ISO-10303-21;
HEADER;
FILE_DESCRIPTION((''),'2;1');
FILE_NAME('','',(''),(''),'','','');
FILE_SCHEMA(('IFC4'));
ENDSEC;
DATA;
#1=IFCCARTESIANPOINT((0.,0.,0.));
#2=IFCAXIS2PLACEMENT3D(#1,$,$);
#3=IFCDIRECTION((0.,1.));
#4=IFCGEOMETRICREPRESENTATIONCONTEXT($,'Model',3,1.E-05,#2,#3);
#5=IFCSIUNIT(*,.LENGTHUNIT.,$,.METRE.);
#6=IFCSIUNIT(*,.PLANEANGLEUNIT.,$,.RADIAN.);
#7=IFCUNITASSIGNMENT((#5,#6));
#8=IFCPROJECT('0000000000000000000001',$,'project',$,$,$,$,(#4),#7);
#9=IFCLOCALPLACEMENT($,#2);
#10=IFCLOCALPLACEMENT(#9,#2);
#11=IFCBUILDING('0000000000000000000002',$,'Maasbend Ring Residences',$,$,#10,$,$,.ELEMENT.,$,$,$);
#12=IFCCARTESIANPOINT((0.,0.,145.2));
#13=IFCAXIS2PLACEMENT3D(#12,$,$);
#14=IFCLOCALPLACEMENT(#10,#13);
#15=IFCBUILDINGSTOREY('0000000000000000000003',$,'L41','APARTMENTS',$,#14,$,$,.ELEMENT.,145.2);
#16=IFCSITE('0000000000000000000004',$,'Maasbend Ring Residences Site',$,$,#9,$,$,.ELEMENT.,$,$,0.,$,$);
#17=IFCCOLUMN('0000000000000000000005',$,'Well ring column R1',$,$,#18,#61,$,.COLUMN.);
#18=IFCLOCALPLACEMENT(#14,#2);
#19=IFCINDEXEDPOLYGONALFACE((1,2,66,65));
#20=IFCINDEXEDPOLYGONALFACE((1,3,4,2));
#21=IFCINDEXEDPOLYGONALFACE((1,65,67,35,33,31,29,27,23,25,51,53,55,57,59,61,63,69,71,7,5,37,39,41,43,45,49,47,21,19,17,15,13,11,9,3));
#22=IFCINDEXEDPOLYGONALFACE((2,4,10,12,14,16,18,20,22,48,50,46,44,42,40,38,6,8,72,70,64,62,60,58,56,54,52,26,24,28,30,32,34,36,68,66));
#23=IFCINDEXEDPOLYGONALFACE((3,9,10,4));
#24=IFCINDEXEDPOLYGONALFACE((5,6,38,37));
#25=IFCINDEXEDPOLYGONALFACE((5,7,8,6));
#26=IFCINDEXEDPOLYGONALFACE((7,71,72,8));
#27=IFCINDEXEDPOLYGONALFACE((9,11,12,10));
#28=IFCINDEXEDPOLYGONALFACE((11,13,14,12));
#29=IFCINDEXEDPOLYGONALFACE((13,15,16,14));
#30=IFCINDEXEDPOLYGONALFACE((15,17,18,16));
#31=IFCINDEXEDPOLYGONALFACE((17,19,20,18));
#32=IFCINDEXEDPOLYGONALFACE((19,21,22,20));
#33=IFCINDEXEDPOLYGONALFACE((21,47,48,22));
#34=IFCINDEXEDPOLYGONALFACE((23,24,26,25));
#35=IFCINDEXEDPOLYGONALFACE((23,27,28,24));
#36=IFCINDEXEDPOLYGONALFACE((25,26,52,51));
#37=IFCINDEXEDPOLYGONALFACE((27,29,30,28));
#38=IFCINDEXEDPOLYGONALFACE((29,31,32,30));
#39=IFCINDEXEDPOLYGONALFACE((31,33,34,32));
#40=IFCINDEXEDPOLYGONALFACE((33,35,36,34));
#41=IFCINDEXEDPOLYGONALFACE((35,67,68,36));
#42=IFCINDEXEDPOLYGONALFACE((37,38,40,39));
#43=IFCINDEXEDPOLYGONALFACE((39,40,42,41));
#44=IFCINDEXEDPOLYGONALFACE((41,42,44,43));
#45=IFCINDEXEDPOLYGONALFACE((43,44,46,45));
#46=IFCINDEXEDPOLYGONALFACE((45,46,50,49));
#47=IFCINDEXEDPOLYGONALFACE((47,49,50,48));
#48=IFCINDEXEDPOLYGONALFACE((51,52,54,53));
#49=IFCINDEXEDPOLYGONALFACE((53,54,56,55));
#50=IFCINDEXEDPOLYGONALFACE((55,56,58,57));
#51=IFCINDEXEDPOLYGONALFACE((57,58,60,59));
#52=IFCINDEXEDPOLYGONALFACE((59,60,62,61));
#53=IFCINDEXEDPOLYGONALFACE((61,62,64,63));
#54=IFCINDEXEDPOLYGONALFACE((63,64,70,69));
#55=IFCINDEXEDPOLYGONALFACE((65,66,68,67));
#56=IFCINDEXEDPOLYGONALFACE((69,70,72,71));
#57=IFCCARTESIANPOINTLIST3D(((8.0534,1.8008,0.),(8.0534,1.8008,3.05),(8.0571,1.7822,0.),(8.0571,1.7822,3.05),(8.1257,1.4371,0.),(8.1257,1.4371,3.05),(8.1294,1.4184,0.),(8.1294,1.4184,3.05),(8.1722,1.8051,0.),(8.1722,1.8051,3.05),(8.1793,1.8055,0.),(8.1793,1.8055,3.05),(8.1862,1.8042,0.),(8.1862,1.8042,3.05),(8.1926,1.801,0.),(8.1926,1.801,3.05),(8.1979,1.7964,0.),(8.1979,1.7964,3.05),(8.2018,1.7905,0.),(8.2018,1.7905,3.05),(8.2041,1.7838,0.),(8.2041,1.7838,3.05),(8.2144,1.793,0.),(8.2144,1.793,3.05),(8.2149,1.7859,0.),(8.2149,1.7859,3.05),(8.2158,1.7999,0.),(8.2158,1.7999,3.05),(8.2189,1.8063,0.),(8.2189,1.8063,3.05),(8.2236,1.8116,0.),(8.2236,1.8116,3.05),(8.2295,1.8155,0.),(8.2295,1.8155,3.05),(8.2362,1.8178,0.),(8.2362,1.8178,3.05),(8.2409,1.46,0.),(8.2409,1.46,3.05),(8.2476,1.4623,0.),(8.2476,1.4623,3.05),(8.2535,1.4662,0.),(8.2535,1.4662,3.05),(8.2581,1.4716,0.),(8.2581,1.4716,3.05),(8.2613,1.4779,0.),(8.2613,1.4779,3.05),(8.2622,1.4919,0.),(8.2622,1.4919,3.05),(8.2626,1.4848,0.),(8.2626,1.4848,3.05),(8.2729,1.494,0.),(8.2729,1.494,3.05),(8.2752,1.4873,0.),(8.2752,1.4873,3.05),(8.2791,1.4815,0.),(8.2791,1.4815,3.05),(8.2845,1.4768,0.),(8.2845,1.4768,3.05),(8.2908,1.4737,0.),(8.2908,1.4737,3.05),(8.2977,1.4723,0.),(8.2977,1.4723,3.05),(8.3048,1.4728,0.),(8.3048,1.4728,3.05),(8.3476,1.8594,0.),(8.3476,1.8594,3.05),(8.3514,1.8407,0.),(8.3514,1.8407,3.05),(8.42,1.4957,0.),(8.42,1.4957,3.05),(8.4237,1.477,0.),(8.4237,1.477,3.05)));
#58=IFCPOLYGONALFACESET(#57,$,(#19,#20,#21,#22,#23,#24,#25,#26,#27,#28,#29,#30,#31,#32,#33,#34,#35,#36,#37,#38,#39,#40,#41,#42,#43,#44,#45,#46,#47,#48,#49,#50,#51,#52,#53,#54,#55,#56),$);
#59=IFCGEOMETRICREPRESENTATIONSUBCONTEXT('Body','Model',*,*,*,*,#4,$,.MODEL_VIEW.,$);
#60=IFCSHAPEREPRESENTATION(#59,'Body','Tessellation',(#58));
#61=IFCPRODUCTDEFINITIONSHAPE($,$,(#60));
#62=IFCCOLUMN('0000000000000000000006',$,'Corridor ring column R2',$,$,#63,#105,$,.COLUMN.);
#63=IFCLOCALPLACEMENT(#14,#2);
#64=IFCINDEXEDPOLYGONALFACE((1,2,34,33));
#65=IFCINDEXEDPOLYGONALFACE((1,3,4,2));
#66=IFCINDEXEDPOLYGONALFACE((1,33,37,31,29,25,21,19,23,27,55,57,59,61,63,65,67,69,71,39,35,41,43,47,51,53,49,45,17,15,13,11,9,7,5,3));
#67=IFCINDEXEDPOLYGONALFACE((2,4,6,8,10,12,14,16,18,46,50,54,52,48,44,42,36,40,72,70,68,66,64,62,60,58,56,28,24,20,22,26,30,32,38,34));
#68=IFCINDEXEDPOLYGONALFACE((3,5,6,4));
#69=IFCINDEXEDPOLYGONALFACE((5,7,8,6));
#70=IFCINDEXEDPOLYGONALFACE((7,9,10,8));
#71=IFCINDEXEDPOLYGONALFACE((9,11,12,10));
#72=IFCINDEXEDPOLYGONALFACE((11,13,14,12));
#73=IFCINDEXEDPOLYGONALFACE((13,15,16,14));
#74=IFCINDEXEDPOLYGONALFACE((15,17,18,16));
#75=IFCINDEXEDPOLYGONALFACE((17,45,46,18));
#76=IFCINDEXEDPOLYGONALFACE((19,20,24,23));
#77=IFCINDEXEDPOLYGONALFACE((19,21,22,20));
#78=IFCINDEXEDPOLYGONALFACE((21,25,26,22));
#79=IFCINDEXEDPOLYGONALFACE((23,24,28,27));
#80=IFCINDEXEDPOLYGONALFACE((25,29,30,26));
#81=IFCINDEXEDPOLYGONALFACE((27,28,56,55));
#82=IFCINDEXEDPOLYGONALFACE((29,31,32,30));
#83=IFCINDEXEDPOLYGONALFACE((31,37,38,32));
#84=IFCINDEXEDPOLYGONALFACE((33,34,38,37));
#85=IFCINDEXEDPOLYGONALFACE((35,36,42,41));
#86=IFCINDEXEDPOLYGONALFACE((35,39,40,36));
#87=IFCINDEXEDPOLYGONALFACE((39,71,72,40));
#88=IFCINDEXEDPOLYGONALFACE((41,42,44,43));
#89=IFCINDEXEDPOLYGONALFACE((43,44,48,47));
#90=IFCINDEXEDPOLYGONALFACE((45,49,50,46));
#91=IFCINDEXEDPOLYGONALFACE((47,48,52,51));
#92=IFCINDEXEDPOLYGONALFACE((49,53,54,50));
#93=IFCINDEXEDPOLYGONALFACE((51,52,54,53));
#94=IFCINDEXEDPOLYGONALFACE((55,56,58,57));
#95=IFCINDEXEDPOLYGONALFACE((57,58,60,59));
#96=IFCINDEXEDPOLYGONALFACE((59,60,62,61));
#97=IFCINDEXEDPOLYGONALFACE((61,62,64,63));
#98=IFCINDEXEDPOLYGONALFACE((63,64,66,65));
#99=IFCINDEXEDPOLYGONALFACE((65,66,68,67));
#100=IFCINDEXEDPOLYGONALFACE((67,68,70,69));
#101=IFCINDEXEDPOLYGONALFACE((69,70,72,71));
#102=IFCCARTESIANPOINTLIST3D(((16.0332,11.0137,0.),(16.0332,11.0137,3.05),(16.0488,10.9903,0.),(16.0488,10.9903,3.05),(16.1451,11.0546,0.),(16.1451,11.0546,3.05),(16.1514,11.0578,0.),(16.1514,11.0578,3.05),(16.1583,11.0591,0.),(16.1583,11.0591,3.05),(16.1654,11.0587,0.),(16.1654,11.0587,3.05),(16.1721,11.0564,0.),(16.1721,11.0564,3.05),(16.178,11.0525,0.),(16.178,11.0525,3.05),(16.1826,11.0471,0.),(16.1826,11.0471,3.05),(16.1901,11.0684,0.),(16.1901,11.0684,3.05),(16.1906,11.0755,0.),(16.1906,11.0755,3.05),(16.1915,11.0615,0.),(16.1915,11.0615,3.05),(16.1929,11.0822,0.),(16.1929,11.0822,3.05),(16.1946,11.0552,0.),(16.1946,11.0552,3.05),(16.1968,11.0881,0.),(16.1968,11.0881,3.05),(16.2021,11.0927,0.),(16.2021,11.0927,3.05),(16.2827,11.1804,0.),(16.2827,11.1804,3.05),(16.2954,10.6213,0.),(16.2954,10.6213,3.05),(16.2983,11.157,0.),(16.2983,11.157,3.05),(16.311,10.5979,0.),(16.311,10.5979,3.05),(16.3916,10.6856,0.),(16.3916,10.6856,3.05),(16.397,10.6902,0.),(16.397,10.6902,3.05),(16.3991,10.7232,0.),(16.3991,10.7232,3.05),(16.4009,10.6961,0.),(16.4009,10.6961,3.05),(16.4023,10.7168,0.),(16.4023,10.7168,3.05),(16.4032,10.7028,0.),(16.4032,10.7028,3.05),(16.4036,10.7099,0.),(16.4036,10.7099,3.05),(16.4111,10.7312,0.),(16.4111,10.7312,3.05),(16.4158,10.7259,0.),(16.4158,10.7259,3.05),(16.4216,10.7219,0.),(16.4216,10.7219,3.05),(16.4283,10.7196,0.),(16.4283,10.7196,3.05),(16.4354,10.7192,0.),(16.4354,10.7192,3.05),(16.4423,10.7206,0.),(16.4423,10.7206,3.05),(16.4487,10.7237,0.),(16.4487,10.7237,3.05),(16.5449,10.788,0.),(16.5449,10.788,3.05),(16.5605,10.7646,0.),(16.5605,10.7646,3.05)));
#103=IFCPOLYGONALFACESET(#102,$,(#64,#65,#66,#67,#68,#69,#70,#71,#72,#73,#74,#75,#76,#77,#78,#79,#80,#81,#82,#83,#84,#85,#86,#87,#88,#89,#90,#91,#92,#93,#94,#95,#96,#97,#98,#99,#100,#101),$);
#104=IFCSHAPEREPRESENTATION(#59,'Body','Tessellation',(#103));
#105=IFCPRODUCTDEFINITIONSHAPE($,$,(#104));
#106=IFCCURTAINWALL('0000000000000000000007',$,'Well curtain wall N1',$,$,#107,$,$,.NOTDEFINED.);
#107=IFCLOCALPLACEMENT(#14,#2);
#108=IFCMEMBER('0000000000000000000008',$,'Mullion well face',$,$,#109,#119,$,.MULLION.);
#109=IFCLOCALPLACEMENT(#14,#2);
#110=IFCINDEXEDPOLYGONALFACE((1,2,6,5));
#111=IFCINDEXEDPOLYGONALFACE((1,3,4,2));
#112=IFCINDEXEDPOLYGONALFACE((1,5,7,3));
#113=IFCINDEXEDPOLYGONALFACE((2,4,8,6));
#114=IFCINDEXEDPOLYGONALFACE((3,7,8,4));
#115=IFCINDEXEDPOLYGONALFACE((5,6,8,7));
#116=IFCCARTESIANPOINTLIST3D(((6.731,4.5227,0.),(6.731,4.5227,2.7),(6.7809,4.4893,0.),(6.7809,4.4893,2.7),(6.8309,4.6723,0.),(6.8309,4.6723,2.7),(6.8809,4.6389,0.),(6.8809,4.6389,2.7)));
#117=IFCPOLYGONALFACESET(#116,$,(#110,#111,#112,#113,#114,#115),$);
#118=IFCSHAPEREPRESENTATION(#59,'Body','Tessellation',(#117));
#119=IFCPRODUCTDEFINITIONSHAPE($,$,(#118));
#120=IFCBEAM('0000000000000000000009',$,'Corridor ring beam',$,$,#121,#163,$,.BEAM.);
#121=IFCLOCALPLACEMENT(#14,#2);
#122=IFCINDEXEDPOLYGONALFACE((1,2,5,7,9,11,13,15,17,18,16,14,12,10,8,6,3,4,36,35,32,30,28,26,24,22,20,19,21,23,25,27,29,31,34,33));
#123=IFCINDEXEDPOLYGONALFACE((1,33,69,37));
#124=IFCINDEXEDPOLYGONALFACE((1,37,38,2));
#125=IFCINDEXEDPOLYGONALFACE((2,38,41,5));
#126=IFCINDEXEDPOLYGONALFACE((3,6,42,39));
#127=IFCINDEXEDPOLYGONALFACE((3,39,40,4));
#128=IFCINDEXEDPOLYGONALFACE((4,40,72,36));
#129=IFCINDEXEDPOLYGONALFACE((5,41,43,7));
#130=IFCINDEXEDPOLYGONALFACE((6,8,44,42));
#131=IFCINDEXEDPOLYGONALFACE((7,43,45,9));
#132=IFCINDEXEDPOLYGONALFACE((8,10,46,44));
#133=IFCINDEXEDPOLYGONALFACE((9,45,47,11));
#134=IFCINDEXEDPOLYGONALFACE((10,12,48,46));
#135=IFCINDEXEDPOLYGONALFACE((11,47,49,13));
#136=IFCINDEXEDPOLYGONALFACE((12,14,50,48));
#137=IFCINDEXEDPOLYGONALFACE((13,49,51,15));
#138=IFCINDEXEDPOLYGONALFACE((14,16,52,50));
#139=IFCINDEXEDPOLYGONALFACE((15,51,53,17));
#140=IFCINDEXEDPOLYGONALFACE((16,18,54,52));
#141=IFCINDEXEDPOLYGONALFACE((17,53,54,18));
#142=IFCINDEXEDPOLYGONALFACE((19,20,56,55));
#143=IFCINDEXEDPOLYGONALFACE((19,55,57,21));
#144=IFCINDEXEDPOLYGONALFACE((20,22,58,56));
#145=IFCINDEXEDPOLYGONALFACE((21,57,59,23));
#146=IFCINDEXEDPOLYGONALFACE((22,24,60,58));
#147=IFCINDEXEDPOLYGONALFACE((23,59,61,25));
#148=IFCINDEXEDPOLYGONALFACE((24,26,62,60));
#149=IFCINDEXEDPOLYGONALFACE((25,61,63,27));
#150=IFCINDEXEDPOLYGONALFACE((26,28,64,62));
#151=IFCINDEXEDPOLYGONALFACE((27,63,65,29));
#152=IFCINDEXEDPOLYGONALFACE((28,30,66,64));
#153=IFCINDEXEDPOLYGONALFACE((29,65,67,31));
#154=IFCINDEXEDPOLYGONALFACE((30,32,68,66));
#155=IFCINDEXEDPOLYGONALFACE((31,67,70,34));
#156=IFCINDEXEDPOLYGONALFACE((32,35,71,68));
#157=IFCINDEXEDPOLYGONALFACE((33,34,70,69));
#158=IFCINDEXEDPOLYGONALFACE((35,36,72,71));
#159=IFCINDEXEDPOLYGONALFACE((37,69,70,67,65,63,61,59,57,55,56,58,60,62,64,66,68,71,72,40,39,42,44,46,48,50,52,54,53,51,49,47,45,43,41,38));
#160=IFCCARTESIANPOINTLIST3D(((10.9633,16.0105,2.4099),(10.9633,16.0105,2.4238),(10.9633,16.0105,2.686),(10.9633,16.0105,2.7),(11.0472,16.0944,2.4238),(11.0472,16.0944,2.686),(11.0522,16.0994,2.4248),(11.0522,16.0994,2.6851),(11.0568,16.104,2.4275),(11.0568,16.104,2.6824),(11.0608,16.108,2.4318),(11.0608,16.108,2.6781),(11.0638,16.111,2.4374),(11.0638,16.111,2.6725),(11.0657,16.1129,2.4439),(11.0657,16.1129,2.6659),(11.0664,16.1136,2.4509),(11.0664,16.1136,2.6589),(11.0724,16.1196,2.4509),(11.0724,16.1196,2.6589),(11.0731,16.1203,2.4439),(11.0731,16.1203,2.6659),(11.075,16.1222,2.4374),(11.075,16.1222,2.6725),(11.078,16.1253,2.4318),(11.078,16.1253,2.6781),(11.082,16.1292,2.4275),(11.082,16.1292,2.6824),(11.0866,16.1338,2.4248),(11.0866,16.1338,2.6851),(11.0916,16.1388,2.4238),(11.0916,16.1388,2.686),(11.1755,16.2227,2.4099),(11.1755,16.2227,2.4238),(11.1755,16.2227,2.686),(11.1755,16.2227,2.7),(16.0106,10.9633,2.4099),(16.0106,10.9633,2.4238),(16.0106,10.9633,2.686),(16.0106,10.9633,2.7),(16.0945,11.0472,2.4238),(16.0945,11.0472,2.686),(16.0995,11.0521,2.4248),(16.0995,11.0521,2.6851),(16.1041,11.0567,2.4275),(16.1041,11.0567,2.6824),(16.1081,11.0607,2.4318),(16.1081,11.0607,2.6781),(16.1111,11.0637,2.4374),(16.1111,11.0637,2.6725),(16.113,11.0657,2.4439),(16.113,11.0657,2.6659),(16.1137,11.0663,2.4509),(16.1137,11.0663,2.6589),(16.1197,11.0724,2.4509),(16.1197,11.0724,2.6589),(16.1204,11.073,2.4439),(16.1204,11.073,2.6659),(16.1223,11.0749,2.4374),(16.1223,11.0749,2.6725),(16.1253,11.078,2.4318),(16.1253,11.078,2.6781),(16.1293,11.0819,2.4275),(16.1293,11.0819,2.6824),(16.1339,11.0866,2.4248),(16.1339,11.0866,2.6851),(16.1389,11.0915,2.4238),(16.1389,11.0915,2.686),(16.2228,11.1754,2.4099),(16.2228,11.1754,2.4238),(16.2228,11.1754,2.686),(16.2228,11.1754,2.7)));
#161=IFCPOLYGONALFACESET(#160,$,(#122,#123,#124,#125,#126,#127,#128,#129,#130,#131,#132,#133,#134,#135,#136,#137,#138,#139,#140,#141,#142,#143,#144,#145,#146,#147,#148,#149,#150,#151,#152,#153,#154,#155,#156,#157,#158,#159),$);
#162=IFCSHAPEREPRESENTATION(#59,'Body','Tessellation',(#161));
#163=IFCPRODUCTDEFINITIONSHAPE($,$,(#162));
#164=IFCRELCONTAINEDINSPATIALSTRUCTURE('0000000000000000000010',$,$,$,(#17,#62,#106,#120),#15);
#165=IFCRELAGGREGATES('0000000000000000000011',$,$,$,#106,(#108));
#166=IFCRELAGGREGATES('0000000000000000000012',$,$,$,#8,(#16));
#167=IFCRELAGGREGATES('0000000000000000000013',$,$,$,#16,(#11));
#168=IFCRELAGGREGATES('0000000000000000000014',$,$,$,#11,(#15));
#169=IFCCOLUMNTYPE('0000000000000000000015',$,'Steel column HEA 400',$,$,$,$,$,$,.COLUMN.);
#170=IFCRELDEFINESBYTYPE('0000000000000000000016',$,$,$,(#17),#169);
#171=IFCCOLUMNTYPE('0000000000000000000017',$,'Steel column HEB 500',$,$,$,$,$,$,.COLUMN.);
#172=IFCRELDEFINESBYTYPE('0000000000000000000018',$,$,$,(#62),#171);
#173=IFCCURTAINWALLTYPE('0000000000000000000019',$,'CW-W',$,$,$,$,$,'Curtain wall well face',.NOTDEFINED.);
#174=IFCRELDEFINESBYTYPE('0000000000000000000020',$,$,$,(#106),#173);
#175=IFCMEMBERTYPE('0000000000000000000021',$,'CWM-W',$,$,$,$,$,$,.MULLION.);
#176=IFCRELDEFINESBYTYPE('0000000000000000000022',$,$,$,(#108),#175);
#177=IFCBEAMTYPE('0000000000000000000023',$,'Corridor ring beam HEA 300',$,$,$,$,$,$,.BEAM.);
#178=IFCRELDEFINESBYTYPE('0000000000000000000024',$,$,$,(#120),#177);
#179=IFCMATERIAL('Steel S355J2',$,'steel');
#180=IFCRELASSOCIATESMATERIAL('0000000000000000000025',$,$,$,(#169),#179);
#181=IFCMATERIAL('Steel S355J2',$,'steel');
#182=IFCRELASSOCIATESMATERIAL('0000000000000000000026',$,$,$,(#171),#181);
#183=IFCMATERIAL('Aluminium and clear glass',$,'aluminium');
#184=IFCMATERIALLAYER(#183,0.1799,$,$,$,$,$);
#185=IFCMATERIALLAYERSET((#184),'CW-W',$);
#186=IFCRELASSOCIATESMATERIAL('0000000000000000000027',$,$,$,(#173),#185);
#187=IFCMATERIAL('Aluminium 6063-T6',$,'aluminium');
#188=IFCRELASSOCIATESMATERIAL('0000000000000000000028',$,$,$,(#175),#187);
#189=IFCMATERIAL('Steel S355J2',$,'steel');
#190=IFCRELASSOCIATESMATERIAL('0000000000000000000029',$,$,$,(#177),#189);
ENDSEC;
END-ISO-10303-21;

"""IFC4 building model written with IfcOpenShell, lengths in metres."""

from ifc_helpers import new_model, si_unit, direction, frame, origin, origin_2d, place, context, subcontext, project, spatial, rectangle, i_section, extrude, material, layer, layer_set, material_profile, profile_set, type_object, element, aggregate, save


model = new_model("IFC4")

# Units and contexts
model_context = context("Model", 3, precision=1e-05, world=origin(), true_north=direction((0.0, 1.0)))
body_context = subcontext(model_context, "Body", "Model", "MODEL_VIEW")
ifc_project = project(units=[si_unit("LENGTHUNIT", "METRE"), si_unit("PLANEANGLEUNIT", "RADIAN")], contexts=[model_context])

# Site, building, storey
site_placement = place(None, origin())
site = spatial("IfcSite", under=ifc_project, at=site_placement, Name="Maasbend Ring Residences Site", CompositionType="ELEMENT", RefElevation=0.0)
building_placement = place(site_placement, origin())
building = spatial("IfcBuilding", under=site, at=building_placement, Name="Maasbend Ring Residences", CompositionType="ELEMENT")
storey_placement = place(building_placement, frame((0.0, 0.0, 145.2)))
storey = spatial("IfcBuildingStorey", under=building, at=storey_placement, Name="L41", Description="APARTMENTS", CompositionType="ELEMENT", Elevation=145.2)

# Columns
ifc_material_1 = material(Name="Steel S355J2", Category="steel")
ifc_material_profile_1 = material_profile(ifc_material_1, i_section(OverallWidth=0.3, OverallDepth=0.3899, WebThickness=0.011, FlangeThickness=0.019, FilletRadius=0.0271, at=origin_2d()), Name="HEA 400")
ifc_profile_set_1 = profile_set([ifc_material_profile_1], Name="Steel S355J2")
column_type_1 = type_object("IfcColumnType", Name="Steel column HEA 400", PredefinedType="COLUMN", material=ifc_profile_set_1)
column_1_placement = place(storey_placement, frame((8.2385, 1.6389, 0.0), z_axis=(0.0, 0.0, 1.0), x_axis=(0.980785, 0.19509, 0.0)))
element("IfcColumn", 1, at=column_1_placement, inside=storey, type_object=column_type_1, Name="Well ring column R1", PredefinedType="COLUMN", context=body_context, shape_type="SweptSolid", body=[
    extrude(i_section(OverallWidth=0.3, OverallDepth=0.3899, WebThickness=0.011, FlangeThickness=0.019, FilletRadius=0.0271, at=origin_2d()), origin(), (0.0, 0.0, 1.0), 3.05),
])
ifc_material_2 = material(Name="Steel S355J2", Category="steel")
ifc_material_profile_2 = material_profile(ifc_material_2, i_section(OverallWidth=0.3, OverallDepth=0.5, WebThickness=0.0144, FlangeThickness=0.0281, FilletRadius=0.0271, at=origin_2d()), Name="HEB 500")
ifc_profile_set_2 = profile_set([ifc_material_profile_2], Name="Steel S355J2")
column_type_2 = type_object("IfcColumnType", Name="Steel column HEB 500", PredefinedType="COLUMN", material=ifc_profile_set_2)
column_2_placement = place(storey_placement, frame((16.2969, 10.8892, 0.0), z_axis=(0.0, 0.0, 1.0), x_axis=(0.83147, 0.55557, 0.0)))
element("IfcColumn", 2, at=column_2_placement, inside=storey, type_object=column_type_2, Name="Corridor ring column R2", PredefinedType="COLUMN", context=body_context, shape_type="SweptSolid", body=[
    extrude(i_section(OverallWidth=0.3, OverallDepth=0.5, WebThickness=0.0144, FlangeThickness=0.0281, FilletRadius=0.0271, at=origin_2d()), origin(), (0.0, 0.0, 1.0), 3.05),
])

# Curtain wall, member
ifc_material_3 = material(Name="Aluminium and clear glass", Category="aluminium")
ifc_layer_1 = layer(ifc_material_3, 0.1799)
ifc_layer_set_1 = layer_set([ifc_layer_1], Name="CW-W")
curtain_wall_type = type_object("IfcCurtainWallType", Name="CW-W", ElementType="Curtain wall well face", PredefinedType="NOTDEFINED", material=ifc_layer_set_1)
curtain_wall_placement = place(storey_placement, origin())
curtain_wall = element("IfcCurtainWall", 3, at=curtain_wall_placement, inside=storey, type_object=curtain_wall_type, Name="Well curtain wall N1", PredefinedType="NOTDEFINED")
ifc_material_4 = material(Name="Aluminium 6063-T6", Category="aluminium")
ifc_material_profile_3 = material_profile(ifc_material_4, rectangle(XDim=0.1799, YDim=0.0601, at=origin_2d()), Name="AL 180x60")
ifc_profile_set_3 = profile_set([ifc_material_profile_3], Name="Aluminium 6063-T6")
member_type = type_object("IfcMemberType", Name="CWM-W", PredefinedType="MULLION", material=ifc_profile_set_3)
member_placement = place(storey_placement, frame((6.8059, 4.5808, 0.0), z_axis=(0.0, 0.0, 1.0), x_axis=(-0.55557, -0.83147, 0.0)))
member = element("IfcMember", 4, at=member_placement, type_object=member_type, Name="Mullion well face", PredefinedType="MULLION", context=body_context, shape_type="SweptSolid", body=[
    extrude(rectangle(XDim=0.1799, YDim=0.0601, at=origin_2d()), origin(), (0.0, 0.0, 1.0), 2.7),
])
aggregate(curtain_wall, [member])

# Beam
ifc_material_5 = material(Name="Steel S355J2", Category="steel")
ifc_material_profile_4 = material_profile(ifc_material_5, i_section(OverallWidth=0.3, OverallDepth=0.29, WebThickness=0.0085, FlangeThickness=0.0139, FilletRadius=0.0271, at=origin_2d()), Name="HEA 300")
ifc_profile_set_4 = profile_set([ifc_material_profile_4], Name="Steel S355J2")
beam_type_1 = type_object("IfcBeamType", Name="Corridor ring beam HEA 300", PredefinedType="BEAM", material=ifc_profile_set_4)
beam_1_placement = place(storey_placement, frame((16.1167, 11.0693, 2.5549), z_axis=(-0.707107, 0.707107, 0.0), x_axis=(-0.707107, -0.707107, 0.0)))
element("IfcBeam", 5, at=beam_1_placement, inside=storey, type_object=beam_type_1, Name="Corridor ring beam", PredefinedType="BEAM", context=body_context, shape_type="SweptSolid", body=[
    extrude(i_section(OverallWidth=0.3, OverallDepth=0.29, WebThickness=0.0085, FlangeThickness=0.0139, FilletRadius=0.0271, at=origin_2d()), origin(), (0.0, 0.0, 1.0), 7.1379),
])

save(model, "model.ifc")
